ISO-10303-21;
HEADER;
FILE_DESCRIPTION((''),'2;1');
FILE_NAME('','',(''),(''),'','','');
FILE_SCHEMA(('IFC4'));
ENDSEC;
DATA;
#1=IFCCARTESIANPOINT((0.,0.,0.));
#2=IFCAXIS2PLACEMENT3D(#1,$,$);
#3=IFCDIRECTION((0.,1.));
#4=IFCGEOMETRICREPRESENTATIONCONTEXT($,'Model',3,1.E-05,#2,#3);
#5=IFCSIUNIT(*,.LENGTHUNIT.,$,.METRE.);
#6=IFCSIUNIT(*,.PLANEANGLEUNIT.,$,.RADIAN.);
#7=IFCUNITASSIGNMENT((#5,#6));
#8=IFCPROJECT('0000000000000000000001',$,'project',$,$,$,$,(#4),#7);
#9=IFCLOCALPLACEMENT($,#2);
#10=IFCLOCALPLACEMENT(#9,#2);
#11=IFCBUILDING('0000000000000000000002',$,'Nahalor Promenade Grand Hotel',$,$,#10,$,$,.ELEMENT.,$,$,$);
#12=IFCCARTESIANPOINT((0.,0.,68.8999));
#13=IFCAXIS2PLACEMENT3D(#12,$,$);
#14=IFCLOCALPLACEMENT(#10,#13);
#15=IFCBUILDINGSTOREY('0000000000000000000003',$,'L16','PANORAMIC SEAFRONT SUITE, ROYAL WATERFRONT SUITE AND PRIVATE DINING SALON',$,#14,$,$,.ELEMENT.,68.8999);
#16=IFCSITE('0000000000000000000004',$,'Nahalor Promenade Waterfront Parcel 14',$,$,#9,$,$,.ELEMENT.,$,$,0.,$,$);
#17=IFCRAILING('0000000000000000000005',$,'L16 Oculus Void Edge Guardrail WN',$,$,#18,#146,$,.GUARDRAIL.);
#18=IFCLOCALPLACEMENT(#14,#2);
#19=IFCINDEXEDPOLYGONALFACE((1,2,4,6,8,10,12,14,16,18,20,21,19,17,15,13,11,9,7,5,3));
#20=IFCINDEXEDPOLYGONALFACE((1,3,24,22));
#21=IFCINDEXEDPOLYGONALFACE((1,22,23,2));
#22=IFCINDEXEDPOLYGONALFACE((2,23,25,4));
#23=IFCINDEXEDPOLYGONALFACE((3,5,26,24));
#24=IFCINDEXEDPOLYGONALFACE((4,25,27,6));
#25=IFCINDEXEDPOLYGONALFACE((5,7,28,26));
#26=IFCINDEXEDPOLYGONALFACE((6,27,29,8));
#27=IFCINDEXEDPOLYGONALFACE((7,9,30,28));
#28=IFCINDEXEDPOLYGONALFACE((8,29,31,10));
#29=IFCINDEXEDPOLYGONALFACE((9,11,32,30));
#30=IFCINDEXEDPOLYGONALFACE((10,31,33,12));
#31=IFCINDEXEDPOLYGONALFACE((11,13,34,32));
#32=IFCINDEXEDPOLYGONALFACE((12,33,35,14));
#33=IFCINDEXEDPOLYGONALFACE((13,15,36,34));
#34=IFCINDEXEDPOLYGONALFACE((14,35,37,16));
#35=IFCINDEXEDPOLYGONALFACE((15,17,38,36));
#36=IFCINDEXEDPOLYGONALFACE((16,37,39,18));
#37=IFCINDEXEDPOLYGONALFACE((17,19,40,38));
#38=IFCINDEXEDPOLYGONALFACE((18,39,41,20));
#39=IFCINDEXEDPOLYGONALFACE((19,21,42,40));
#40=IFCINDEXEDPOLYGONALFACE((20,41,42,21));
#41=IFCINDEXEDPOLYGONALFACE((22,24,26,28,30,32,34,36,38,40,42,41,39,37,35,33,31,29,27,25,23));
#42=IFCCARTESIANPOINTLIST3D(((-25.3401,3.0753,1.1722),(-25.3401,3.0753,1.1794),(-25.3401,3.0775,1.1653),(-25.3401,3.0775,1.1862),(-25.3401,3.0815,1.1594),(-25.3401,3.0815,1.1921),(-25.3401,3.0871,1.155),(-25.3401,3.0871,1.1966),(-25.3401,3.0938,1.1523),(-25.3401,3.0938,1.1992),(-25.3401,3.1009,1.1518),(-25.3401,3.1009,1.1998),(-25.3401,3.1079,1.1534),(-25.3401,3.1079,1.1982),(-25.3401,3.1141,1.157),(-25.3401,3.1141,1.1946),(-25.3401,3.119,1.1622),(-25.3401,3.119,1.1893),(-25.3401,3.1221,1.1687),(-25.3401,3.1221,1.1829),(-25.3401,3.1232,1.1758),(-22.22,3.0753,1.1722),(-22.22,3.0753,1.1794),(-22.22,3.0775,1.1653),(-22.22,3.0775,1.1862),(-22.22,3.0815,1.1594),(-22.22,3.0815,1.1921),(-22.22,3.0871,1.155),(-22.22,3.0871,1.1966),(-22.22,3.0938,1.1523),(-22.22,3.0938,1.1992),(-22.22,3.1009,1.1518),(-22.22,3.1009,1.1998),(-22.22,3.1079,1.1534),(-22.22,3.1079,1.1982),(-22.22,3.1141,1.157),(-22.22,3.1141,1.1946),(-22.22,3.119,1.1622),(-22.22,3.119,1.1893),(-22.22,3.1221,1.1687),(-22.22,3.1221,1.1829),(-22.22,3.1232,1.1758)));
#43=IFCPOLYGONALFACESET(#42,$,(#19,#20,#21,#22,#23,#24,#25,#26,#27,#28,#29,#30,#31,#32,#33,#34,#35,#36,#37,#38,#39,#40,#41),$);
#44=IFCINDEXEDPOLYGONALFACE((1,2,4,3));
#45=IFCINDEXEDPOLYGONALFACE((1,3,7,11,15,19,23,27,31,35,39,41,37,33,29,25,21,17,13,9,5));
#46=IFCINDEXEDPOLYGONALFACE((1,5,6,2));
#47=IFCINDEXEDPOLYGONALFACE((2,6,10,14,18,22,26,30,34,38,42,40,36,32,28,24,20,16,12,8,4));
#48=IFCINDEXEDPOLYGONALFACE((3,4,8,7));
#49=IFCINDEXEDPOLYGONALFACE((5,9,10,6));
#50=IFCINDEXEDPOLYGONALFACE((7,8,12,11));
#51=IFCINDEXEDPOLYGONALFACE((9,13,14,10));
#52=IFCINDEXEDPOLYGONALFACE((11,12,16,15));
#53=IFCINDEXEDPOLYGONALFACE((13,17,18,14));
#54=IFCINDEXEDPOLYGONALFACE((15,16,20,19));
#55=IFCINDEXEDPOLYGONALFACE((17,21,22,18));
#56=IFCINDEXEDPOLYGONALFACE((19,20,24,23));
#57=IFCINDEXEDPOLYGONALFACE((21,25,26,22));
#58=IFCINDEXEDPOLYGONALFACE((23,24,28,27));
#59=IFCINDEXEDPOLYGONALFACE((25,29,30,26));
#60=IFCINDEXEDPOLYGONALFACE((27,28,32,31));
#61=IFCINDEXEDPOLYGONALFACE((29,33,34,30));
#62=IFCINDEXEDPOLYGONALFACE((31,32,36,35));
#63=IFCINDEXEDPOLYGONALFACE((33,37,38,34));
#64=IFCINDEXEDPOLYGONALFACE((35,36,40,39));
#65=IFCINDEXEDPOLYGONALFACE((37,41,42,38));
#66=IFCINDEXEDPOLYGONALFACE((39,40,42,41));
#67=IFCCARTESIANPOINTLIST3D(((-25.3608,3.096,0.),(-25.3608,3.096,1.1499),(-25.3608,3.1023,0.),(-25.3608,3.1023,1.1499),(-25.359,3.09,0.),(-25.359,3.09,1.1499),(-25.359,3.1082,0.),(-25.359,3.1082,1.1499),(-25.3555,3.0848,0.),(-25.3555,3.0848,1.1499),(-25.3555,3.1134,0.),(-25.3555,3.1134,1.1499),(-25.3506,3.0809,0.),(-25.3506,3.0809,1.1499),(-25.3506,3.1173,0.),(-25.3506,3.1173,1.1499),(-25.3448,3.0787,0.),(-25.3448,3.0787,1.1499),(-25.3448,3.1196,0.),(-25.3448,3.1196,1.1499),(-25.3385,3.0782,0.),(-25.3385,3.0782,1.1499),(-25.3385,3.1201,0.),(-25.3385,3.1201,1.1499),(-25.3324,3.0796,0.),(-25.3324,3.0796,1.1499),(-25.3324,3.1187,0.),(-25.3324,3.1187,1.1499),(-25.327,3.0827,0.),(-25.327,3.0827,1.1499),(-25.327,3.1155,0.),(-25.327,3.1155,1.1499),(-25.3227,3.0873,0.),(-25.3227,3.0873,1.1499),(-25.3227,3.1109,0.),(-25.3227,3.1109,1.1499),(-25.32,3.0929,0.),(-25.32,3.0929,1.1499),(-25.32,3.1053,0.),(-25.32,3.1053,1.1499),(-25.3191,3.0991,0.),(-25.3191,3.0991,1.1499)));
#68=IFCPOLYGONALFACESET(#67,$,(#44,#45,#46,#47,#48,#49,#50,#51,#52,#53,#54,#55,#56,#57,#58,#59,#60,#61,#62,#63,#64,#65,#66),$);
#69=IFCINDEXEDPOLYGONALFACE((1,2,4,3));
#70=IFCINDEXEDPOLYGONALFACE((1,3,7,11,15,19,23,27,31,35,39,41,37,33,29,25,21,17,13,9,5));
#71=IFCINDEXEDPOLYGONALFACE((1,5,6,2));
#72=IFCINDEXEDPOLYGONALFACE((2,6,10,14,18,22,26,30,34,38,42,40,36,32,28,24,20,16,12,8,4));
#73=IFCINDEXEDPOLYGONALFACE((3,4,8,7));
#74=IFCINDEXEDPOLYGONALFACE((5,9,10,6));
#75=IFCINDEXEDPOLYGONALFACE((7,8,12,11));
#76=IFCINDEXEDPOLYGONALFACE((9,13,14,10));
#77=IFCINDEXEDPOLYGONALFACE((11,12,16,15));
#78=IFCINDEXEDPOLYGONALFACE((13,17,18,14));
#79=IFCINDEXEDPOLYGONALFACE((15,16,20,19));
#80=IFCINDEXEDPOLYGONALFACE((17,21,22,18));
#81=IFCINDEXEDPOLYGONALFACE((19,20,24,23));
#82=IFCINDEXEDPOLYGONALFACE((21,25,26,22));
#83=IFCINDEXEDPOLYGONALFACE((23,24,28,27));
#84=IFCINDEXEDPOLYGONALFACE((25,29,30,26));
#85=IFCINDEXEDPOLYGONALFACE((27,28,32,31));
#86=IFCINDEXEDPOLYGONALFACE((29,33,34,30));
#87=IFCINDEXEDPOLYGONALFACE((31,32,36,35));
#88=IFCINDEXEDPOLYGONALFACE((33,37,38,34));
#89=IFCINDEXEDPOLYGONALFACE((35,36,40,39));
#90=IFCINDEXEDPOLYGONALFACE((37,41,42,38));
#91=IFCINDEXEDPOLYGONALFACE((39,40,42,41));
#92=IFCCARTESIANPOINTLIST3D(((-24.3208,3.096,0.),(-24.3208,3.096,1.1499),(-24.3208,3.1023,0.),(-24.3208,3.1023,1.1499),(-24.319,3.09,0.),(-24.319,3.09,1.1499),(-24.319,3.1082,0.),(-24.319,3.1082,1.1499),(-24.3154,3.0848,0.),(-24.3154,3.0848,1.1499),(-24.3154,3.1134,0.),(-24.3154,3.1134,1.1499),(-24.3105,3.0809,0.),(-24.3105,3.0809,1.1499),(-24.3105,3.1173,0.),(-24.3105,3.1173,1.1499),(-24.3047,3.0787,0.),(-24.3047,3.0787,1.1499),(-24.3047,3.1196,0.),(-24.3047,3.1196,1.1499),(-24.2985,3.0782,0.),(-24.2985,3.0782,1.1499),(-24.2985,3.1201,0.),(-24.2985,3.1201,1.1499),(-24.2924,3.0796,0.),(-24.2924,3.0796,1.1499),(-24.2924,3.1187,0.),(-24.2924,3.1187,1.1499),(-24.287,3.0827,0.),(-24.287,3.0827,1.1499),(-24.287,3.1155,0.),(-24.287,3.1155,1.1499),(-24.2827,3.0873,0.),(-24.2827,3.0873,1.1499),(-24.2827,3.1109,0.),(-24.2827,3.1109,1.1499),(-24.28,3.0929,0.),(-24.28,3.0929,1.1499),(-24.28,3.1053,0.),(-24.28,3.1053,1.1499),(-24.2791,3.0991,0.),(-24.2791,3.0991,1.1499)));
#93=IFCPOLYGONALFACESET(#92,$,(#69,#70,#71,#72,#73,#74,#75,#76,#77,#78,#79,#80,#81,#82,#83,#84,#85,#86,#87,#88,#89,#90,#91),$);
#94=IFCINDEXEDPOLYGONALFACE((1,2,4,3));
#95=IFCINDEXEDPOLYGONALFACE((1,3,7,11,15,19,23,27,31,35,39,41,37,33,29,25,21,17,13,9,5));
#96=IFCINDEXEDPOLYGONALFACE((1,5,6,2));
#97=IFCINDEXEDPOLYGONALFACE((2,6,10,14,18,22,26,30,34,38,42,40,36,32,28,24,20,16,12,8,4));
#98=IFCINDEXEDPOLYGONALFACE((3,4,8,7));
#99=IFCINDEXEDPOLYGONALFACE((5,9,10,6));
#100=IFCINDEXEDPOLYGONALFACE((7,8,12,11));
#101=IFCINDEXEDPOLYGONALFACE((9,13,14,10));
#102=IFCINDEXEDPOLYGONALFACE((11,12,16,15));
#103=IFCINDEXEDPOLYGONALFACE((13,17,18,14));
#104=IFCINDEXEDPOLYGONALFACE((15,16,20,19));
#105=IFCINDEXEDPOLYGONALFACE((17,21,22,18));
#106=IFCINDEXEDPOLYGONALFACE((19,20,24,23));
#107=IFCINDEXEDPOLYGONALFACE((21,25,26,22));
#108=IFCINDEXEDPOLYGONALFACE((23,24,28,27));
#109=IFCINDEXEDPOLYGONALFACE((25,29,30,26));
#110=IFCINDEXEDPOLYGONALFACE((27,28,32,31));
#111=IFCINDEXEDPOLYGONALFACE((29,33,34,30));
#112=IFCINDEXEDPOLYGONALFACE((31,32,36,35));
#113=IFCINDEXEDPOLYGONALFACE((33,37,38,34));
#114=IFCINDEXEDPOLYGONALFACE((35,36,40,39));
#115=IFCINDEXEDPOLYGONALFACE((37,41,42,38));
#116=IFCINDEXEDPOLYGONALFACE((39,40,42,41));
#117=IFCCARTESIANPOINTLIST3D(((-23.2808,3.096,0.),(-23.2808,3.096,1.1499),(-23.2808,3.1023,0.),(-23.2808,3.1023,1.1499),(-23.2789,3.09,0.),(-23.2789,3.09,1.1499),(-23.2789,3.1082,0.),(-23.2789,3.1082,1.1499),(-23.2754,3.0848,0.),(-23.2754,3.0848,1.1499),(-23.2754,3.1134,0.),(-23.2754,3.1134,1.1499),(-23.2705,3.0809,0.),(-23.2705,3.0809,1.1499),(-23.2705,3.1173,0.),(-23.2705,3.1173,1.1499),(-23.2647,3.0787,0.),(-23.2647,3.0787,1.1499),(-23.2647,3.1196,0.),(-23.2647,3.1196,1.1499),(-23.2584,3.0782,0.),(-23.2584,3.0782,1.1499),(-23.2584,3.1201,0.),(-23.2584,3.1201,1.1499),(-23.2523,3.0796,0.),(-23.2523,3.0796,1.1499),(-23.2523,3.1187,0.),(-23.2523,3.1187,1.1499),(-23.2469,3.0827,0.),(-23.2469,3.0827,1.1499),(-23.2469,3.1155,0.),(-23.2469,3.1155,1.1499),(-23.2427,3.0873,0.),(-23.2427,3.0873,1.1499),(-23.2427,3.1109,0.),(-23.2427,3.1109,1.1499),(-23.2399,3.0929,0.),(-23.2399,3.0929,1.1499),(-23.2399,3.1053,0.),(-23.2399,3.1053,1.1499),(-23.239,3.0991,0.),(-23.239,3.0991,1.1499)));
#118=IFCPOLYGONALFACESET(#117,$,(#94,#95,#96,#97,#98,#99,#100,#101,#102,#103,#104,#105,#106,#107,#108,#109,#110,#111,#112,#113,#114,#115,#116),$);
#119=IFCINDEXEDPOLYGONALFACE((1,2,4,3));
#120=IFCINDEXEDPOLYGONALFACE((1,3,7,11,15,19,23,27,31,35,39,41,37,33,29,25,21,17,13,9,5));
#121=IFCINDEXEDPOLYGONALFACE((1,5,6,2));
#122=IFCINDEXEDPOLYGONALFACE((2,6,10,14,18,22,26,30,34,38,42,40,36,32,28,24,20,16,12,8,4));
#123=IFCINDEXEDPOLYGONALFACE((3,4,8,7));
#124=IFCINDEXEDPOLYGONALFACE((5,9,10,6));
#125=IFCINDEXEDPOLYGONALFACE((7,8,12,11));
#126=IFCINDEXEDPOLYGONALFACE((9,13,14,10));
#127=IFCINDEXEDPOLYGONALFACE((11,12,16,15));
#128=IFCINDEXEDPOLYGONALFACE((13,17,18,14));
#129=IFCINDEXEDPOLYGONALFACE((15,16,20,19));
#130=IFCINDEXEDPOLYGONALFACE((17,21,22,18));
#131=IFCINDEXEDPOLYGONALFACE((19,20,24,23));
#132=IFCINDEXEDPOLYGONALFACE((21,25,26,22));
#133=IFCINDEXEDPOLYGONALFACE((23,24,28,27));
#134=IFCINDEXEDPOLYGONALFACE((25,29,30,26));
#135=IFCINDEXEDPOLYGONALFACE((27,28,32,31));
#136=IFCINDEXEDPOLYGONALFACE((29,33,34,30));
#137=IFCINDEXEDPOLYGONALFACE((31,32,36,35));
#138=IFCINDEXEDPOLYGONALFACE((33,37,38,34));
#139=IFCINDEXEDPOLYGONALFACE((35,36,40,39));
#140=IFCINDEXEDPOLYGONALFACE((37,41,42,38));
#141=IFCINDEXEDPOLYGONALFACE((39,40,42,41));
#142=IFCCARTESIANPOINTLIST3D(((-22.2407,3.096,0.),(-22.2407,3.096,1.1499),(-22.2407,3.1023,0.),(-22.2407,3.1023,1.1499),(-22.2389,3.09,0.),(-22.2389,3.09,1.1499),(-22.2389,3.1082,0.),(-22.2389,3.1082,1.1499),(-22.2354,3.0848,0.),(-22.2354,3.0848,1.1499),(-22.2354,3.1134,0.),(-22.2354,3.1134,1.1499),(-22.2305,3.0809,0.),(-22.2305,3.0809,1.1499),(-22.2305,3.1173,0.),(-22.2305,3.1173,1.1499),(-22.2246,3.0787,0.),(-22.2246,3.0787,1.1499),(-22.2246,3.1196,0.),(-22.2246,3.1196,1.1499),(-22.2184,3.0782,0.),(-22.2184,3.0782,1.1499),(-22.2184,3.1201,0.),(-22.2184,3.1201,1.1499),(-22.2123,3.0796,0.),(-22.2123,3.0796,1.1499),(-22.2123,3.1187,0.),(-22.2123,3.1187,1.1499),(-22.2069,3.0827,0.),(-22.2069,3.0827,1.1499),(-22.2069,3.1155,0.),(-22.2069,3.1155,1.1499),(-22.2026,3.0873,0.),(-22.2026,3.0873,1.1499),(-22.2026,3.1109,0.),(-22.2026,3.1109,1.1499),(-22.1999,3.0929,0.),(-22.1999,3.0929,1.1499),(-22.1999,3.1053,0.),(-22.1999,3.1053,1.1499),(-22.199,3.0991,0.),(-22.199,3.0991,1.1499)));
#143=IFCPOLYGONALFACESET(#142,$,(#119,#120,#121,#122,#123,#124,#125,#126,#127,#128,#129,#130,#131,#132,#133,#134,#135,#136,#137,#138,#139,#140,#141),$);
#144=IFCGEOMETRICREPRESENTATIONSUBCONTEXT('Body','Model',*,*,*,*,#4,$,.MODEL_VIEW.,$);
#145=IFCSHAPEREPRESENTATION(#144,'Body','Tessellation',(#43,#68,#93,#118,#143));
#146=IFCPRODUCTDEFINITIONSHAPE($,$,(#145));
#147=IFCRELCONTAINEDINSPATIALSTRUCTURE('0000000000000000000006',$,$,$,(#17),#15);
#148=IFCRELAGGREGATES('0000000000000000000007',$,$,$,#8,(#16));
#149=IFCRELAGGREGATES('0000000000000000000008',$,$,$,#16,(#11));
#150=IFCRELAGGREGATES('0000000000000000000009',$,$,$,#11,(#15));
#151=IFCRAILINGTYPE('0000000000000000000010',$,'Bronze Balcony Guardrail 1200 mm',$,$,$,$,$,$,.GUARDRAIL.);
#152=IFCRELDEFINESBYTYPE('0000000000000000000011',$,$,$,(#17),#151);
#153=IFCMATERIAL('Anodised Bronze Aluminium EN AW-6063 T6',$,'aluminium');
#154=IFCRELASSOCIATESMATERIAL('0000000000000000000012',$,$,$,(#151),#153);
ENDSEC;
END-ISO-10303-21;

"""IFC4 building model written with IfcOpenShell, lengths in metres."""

from ifc_helpers import new_model, si_unit, direction, frame, origin, origin_2d, place, context, subcontext, project, spatial, circle, extrude, material, type_object, element, save


model = new_model("IFC4")

# Units and contexts
model_context = context("Model", 3, precision=1e-05, world=origin(), true_north=direction((0.0, 1.0)))
body_context = subcontext(model_context, "Body", "Model", "MODEL_VIEW")
ifc_project = project(units=[si_unit("LENGTHUNIT", "METRE"), si_unit("PLANEANGLEUNIT", "RADIAN")], contexts=[model_context])

# Site, building, storey
site_placement = place(None, origin())
site = spatial("IfcSite", under=ifc_project, at=site_placement, Name="Nahalor Promenade Waterfront Parcel 14", CompositionType="ELEMENT", RefElevation=0.0)
building_placement = place(site_placement, origin())
building = spatial("IfcBuilding", under=site, at=building_placement, Name="Nahalor Promenade Grand Hotel", CompositionType="ELEMENT")
storey_placement = place(building_placement, frame((0.0, 0.0, 68.8999)))
storey = spatial("IfcBuildingStorey", under=building, at=storey_placement, Name="L16", Description="PANORAMIC SEAFRONT SUITE, ROYAL WATERFRONT SUITE AND PRIVATE DINING SALON", CompositionType="ELEMENT", Elevation=68.8999)

# Shared definitions
ifc_material_1 = material(Name="Anodised Bronze Aluminium EN AW-6063 T6", Category="aluminium")

# Railing
railing_type = type_object("IfcRailingType", Name="Bronze Balcony Guardrail 1200 mm", PredefinedType="GUARDRAIL", material=ifc_material_1)
for number, where, name in (
    (1, (-25.3401, 3.0991, 0.0), "L16 Oculus Void Edge Guardrail WN"),
):
    element("IfcRailing", number, at=place(storey_placement, frame(where)), inside=storey, type_object=railing_type, Name=name, PredefinedType="GUARDRAIL", context=body_context, shape_type="SweptSolid", body=[
        extrude(circle(Radius=0.024, at=origin_2d()), frame((0.0, 0.0, 1.1758), z_axis=(1.0, 0.0, 0.0), x_axis=(0.0, 1.0, 0.0)), (0.0, 0.0, 1.0), 3.1201),
        extrude(circle(Radius=0.021, at=origin_2d()), origin(), (0.0, 0.0, 1.0), 1.1499),
        extrude(circle(Radius=0.021, at=origin_2d()), frame((1.04, 0.0, 0.0)), (0.0, 0.0, 1.0), 1.1499),
        extrude(circle(Radius=0.021, at=origin_2d()), frame((2.0801, 0.0, 0.0)), (0.0, 0.0, 1.0), 1.1499),
        extrude(circle(Radius=0.021, at=origin_2d()), frame((3.1201, 0.0, 0.0)), (0.0, 0.0, 1.0), 1.1499),
    ])

save(model, "model.ifc")
